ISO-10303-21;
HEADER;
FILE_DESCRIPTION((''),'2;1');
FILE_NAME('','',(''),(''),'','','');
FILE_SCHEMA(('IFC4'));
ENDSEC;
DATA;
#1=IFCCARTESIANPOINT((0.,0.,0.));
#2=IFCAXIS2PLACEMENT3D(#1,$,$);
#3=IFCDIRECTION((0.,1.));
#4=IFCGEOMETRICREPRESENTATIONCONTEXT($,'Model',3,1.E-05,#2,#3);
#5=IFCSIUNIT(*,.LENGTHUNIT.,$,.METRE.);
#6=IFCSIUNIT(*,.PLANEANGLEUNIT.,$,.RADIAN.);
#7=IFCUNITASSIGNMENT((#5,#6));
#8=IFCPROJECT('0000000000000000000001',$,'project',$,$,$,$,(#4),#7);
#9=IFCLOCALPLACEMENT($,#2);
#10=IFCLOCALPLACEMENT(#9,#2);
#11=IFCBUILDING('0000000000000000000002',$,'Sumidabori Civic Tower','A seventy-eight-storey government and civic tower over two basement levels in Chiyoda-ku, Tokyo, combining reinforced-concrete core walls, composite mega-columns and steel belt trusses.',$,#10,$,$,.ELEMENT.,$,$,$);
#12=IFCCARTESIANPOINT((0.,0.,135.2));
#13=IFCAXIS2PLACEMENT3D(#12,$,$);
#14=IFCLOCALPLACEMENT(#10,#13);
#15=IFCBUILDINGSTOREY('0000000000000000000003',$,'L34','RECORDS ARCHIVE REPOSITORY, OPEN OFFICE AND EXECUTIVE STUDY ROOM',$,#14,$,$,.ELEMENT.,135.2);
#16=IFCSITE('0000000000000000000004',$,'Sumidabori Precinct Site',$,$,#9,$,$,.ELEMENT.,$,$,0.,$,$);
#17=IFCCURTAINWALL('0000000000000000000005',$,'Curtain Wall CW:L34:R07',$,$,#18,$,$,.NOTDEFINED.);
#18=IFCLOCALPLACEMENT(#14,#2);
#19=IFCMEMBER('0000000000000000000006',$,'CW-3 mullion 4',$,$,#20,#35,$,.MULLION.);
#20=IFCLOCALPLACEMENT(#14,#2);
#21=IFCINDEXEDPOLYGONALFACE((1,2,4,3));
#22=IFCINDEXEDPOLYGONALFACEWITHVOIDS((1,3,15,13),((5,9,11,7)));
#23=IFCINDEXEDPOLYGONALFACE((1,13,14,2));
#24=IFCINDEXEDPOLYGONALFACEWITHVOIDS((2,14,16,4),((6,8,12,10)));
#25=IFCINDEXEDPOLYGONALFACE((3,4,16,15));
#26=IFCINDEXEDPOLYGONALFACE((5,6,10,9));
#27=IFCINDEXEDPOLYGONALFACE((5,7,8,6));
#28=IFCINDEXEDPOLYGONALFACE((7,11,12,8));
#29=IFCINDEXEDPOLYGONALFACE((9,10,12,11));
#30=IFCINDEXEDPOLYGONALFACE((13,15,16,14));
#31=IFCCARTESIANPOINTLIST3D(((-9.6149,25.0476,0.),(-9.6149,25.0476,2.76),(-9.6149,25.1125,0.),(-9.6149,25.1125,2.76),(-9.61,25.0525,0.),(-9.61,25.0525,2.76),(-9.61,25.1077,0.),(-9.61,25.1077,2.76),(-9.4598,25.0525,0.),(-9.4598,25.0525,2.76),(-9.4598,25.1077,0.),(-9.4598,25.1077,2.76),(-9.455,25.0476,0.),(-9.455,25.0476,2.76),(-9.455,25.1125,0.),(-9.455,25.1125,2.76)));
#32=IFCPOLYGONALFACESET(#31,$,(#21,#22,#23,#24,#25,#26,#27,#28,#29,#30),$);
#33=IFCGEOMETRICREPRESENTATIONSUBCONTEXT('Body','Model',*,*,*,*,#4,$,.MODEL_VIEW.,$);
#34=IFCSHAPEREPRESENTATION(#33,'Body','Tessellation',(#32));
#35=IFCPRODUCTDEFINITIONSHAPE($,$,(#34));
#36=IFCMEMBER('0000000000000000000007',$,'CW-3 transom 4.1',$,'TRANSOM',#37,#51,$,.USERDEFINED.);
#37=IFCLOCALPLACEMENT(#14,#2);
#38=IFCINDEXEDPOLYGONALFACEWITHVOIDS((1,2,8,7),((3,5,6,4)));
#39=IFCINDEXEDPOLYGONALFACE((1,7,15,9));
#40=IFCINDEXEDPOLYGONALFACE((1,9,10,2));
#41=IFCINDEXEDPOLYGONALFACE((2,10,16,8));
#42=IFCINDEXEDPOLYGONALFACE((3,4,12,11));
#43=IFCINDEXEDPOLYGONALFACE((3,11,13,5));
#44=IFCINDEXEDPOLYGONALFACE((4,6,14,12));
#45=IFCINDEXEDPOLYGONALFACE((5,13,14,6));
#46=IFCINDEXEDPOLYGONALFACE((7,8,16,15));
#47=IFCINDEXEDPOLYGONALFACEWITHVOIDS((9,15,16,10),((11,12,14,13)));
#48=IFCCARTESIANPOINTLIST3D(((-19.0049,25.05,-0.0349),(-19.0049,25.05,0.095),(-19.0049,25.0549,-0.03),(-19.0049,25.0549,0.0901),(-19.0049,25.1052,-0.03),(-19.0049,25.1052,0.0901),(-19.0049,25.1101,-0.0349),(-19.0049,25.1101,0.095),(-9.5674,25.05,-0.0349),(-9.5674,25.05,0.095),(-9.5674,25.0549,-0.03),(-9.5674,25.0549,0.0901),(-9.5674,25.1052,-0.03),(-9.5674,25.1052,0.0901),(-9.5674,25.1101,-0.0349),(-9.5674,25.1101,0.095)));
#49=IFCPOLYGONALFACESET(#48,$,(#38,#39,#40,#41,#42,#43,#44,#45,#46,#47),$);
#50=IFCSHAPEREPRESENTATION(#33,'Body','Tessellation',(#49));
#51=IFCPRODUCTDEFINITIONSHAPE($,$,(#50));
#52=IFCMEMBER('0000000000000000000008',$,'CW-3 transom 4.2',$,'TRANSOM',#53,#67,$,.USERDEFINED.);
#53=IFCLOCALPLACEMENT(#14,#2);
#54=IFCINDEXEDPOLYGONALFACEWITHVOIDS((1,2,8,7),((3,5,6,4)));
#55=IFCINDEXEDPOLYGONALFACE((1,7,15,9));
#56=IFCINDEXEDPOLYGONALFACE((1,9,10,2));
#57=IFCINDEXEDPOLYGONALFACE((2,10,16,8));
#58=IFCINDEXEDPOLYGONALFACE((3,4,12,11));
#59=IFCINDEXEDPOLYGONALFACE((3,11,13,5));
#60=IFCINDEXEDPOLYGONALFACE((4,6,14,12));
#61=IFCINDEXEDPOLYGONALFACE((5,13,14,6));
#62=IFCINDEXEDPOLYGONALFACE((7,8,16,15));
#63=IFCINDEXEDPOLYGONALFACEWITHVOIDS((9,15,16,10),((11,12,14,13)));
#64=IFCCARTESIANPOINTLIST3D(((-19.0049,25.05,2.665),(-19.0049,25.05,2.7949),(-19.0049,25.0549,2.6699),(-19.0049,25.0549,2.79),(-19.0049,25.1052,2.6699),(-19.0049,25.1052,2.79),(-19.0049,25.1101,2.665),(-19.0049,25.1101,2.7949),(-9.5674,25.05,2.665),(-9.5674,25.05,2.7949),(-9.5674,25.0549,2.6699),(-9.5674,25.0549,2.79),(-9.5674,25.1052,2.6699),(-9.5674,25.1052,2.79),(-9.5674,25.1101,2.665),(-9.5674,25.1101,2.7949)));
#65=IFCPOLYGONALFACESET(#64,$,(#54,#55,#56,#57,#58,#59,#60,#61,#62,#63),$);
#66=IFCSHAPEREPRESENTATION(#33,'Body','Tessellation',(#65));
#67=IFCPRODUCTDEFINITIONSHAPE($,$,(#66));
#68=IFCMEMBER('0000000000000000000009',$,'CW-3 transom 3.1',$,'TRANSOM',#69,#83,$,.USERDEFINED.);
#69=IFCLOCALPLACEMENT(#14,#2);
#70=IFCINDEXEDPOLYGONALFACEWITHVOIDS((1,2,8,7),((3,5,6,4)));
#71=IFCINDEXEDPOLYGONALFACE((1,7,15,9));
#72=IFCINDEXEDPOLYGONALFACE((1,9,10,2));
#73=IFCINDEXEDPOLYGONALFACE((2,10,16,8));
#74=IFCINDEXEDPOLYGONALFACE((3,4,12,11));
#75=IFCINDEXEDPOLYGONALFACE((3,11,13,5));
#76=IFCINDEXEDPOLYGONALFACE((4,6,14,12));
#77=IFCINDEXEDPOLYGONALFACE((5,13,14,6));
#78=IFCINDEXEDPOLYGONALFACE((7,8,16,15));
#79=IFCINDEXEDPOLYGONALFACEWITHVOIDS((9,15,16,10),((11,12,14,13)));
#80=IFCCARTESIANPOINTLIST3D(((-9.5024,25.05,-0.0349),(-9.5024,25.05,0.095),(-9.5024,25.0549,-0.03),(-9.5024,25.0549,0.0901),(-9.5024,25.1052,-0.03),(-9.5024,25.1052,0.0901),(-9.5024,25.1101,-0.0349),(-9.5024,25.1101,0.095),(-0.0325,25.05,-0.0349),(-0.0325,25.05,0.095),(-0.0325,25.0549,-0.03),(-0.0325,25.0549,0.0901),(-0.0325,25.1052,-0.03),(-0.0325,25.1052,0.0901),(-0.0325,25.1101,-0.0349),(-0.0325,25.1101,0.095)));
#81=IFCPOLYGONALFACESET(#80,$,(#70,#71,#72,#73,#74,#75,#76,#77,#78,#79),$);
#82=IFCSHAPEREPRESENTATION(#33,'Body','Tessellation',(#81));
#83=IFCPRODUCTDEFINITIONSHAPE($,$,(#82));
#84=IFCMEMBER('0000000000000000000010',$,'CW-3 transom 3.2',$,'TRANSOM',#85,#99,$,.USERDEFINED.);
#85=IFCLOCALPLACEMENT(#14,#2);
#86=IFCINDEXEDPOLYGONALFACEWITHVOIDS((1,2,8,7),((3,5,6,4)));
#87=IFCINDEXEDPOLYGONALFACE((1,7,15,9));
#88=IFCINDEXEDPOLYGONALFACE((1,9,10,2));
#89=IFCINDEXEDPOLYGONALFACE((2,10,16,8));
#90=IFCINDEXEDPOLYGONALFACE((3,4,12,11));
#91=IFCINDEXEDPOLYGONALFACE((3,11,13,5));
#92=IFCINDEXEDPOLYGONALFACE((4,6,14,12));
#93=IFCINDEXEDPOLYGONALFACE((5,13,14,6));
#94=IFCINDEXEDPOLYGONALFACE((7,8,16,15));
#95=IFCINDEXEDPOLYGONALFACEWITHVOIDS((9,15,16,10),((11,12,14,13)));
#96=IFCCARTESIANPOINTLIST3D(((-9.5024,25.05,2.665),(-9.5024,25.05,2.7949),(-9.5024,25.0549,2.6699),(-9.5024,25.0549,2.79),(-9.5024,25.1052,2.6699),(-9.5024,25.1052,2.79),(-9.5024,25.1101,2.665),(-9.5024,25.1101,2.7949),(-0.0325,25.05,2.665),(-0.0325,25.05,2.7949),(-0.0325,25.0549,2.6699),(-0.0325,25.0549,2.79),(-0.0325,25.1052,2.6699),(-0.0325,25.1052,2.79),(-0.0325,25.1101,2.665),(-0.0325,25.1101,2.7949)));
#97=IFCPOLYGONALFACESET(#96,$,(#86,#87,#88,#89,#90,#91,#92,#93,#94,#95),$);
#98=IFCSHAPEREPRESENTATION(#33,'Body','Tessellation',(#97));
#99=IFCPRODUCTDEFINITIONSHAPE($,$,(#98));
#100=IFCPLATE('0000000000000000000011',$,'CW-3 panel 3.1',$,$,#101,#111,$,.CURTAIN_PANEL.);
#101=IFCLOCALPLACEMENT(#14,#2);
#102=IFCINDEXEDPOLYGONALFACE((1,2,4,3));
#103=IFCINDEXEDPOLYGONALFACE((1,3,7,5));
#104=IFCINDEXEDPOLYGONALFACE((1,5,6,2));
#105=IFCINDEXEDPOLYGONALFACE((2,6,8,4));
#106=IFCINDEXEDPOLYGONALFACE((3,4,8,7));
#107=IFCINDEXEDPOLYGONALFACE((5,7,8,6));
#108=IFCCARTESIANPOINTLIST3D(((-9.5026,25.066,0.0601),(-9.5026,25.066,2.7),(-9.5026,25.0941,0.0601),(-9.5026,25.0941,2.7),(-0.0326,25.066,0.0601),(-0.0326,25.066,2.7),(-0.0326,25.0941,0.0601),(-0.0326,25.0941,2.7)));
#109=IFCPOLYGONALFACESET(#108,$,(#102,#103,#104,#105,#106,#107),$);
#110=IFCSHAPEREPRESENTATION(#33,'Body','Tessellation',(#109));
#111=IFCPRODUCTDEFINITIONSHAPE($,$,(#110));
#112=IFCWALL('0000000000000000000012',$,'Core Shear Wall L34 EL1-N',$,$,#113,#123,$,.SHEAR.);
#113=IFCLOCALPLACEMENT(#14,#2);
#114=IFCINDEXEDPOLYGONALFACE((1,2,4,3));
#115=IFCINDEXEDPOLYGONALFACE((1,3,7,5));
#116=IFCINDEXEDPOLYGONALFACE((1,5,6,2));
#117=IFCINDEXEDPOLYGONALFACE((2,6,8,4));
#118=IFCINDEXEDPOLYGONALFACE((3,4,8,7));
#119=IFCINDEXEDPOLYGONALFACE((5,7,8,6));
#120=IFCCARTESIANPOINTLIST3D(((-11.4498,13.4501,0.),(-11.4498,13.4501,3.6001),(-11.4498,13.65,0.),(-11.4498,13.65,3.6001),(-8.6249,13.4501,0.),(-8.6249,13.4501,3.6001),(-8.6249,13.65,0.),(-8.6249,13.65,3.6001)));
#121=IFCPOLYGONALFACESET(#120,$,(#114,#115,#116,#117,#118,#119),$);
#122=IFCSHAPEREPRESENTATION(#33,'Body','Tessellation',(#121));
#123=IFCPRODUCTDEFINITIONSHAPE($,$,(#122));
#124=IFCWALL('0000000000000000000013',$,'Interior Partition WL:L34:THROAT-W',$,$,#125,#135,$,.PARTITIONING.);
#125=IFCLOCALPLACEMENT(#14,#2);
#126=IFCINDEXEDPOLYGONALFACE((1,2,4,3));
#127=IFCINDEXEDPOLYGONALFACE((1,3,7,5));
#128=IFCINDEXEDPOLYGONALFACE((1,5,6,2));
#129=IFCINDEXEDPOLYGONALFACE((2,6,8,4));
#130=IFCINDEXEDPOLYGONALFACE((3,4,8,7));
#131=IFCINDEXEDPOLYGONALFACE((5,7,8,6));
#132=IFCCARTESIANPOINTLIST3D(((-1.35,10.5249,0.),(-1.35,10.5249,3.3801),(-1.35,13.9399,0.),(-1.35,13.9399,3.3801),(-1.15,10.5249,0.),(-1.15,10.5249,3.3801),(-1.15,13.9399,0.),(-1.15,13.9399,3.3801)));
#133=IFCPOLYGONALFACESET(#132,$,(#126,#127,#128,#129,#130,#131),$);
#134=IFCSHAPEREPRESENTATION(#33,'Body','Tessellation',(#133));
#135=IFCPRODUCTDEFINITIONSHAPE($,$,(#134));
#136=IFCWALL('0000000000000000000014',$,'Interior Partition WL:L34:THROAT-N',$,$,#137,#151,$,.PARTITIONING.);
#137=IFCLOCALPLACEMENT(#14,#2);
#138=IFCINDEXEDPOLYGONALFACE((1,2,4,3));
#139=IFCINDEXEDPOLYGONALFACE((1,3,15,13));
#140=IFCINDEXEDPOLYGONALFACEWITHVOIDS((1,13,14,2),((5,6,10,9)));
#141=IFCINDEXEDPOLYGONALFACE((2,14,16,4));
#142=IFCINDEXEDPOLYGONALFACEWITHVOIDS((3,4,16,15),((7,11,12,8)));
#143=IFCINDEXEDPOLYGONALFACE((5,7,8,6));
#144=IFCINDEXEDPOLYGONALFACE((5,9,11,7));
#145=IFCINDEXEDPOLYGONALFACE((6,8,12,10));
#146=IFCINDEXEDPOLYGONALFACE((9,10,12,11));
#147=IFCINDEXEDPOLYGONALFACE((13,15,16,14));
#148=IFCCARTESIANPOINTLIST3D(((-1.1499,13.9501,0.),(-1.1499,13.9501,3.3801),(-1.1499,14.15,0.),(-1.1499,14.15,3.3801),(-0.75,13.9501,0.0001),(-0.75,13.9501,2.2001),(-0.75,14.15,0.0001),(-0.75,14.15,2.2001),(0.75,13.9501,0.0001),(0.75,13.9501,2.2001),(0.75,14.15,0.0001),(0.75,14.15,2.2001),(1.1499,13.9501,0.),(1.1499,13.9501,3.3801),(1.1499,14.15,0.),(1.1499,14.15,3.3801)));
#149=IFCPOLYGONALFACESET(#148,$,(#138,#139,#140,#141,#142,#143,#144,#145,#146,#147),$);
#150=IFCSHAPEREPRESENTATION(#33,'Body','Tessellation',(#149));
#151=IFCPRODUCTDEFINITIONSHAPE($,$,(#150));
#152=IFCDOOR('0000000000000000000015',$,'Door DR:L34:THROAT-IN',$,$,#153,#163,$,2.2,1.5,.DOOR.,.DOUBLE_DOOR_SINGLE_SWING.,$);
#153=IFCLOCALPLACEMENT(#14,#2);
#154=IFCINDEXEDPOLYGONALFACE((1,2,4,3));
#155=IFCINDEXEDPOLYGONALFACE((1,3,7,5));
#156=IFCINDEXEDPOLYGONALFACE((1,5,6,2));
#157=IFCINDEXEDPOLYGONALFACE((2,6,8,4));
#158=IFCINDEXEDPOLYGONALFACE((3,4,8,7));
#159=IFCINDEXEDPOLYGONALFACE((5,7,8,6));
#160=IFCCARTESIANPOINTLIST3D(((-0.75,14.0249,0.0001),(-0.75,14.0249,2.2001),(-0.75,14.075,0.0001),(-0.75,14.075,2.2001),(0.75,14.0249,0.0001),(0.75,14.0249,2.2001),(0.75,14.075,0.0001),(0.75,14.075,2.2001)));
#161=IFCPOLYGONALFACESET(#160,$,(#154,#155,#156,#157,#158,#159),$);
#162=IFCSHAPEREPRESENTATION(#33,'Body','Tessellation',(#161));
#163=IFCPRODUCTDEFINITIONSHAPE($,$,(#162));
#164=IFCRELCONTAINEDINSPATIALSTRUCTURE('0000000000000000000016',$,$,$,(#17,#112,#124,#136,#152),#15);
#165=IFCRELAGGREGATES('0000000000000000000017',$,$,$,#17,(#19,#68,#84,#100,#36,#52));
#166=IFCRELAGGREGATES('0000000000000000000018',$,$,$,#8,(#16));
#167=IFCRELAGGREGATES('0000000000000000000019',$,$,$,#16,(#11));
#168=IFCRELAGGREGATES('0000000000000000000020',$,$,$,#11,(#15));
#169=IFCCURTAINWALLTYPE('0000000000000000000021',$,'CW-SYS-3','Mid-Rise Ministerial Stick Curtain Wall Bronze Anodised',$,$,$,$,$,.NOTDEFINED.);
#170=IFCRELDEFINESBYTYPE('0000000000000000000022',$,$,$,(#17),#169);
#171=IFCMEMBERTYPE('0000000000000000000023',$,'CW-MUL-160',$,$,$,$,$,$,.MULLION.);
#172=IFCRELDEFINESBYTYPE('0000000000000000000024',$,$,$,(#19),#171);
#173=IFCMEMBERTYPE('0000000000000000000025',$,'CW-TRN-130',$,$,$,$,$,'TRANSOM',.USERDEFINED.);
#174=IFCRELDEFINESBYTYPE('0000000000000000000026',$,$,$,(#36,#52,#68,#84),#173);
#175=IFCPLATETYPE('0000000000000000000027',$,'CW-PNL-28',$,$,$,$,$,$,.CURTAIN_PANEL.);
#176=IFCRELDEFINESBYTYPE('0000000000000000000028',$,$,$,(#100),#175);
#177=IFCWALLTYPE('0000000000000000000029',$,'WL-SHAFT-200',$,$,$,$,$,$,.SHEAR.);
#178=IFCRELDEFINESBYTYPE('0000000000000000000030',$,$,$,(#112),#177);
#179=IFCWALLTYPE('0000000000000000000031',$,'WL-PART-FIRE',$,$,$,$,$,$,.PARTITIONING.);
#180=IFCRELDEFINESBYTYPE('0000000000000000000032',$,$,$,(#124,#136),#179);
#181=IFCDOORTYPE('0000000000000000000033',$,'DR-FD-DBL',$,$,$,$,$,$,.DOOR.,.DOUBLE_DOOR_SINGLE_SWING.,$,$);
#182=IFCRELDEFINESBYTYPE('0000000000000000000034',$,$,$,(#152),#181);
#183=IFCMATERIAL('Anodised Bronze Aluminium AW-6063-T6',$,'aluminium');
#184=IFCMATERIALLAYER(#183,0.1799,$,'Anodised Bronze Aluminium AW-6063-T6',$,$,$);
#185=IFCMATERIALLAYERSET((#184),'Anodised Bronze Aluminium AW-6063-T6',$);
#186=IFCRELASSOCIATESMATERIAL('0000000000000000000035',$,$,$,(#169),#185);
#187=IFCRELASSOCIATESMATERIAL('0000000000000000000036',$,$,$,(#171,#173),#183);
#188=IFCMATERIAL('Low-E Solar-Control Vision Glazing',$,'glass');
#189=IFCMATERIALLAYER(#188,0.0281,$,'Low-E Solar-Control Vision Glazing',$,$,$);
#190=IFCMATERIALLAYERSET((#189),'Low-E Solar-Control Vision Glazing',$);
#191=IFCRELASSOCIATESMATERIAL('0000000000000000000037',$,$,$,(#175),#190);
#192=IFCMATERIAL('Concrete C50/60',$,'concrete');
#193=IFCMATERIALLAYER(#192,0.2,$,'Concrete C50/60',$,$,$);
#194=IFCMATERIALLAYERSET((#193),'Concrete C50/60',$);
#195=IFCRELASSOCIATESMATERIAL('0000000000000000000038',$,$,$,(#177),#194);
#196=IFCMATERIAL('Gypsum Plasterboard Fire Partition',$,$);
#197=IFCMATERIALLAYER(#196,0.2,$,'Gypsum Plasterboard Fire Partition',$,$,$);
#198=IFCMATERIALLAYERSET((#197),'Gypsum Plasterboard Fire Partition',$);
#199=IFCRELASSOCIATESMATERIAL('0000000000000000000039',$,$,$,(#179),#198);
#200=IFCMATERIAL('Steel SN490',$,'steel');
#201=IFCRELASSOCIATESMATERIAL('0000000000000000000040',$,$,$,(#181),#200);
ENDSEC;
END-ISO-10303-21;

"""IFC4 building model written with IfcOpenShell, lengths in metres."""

from ifc_helpers import new_model, si_unit, direction, frame, frame_2d, origin, origin_2d, place, context, subcontext, project, spatial, rectangle, hollow_rectangle, extrude, source, transform, mapped, material, layer, layer_set, material_profile, profile_set, type_object, element, fill, aggregate, save


model = new_model("IFC4")

# Units and contexts
model_context = context("Model", 3, precision=1e-05, world=origin(), true_north=direction((0.0, 1.0)))
body_context = subcontext(model_context, "Body", "Model", "MODEL_VIEW")
ifc_project = project(units=[si_unit("LENGTHUNIT", "METRE"), si_unit("PLANEANGLEUNIT", "RADIAN")], contexts=[model_context])

# Site, building, storey
site_placement = place(None, origin())
site = spatial("IfcSite", under=ifc_project, at=site_placement, Name="Sumidabori Precinct Site", CompositionType="ELEMENT", RefElevation=0.0)
building_placement = place(site_placement, origin())
building = spatial("IfcBuilding", under=site, at=building_placement, Name="Sumidabori Civic Tower", Description="A seventy-eight-storey government and civic tower over two basement levels in Chiyoda-ku, Tokyo, combining reinforced-concrete core walls, composite mega-columns and steel belt trusses.", CompositionType="ELEMENT")
storey_placement = place(building_placement, frame((0.0, 0.0, 135.2)))
storey = spatial("IfcBuildingStorey", under=building, at=storey_placement, Name="L34", Description="RECORDS ARCHIVE REPOSITORY, OPEN OFFICE AND EXECUTIVE STUDY ROOM", CompositionType="ELEMENT", Elevation=135.2)

# Curtain wall, members, plate
ifc_material_1 = material(Name="Anodised Bronze Aluminium AW-6063-T6", Category="aluminium")
ifc_layer_1 = layer(ifc_material_1, 0.1799, Name="Anodised Bronze Aluminium AW-6063-T6")
ifc_layer_set_1 = layer_set([ifc_layer_1], Name="Anodised Bronze Aluminium AW-6063-T6")
curtain_wall_type = type_object("IfcCurtainWallType", Name="CW-SYS-3", Description="Mid-Rise Ministerial Stick Curtain Wall Bronze Anodised", PredefinedType="NOTDEFINED", material=ifc_layer_set_1)
curtain_wall_placement = place(storey_placement, origin())
curtain_wall = element("IfcCurtainWall", 1, at=curtain_wall_placement, inside=storey, type_object=curtain_wall_type, Name="Curtain Wall CW:L34:R07", PredefinedType="NOTDEFINED")
ifc_material_profile_1 = material_profile(ifc_material_1, hollow_rectangle(XDim=0.0649, YDim=0.1599, WallThickness=0.0049, at=origin_2d()), Name="ALU MULLION 160x65")
ifc_profile_set_1 = profile_set([ifc_material_profile_1], Name="Anodised Bronze Aluminium AW-6063-T6")
member_type_1 = type_object("IfcMemberType", Name="CW-MUL-160", PredefinedType="MULLION", material=ifc_profile_set_1)
shared_shape_1 = source(origin(), body_context, "Body", "SweptSolid", [
    extrude(hollow_rectangle(XDim=0.0649, YDim=0.1599, WallThickness=0.0049, at=origin_2d()), origin(), (0.0, 0.0, 1.0), 2.76),
])
member_1_placement = place(storey_placement, frame((-9.5349, 25.0801, 0.0), z_axis=(0.0, 0.0, 1.0), x_axis=(0.0, -1.0, 0.0)))
member_1 = element("IfcMember", 2, at=member_1_placement, type_object=member_type_1, Name="CW-3 mullion 4", PredefinedType="MULLION", context=body_context, shape_type="MappedRepresentation", body=[
    mapped(shared_shape_1, transform((0.0, 0.0, 0.0), x_axis=(1.0, 0.0, 0.0), y_axis=(0.0, 1.0, 0.0), z_axis=(0.0, 0.0, 1.0), scale=1.0)),
])
ifc_material_profile_2 = material_profile(ifc_material_1, hollow_rectangle(XDim=0.0601, YDim=0.1299, WallThickness=0.0049, at=origin_2d()), Name="ALU TRANSOM 130x60")
ifc_profile_set_2 = profile_set([ifc_material_profile_2], Name="Anodised Bronze Aluminium AW-6063-T6")
member_type_2 = type_object("IfcMemberType", Name="CW-TRN-130", ElementType="TRANSOM", PredefinedType="USERDEFINED", material=ifc_profile_set_2)
shared_shape_2 = source(origin(), body_context, "Body", "SweptSolid", [
    extrude(hollow_rectangle(XDim=0.0601, YDim=0.1299, WallThickness=0.0049, at=origin_2d()), origin(), (0.0, 0.0, 1.0), 9.4375),
])
member_2_placement = place(storey_placement, frame((-9.5674, 25.0801, 0.03), z_axis=(-1.0, 0.0, 0.0), x_axis=(0.0, -1.0, 0.0)))
member_2 = element("IfcMember", 3, at=member_2_placement, type_object=member_type_2, Name="CW-3 transom 4.1", ObjectType="TRANSOM", PredefinedType="USERDEFINED", context=body_context, shape_type="MappedRepresentation", body=[
    mapped(shared_shape_2, transform((0.0, 0.0, 0.0), x_axis=(1.0, 0.0, 0.0), y_axis=(0.0, 1.0, 0.0), z_axis=(0.0, 0.0, 1.0), scale=1.0)),
])
member_3_placement = place(storey_placement, frame((-9.5674, 25.0801, 2.73), z_axis=(-1.0, 0.0, 0.0), x_axis=(0.0, -1.0, 0.0)))
member_3 = element("IfcMember", 4, at=member_3_placement, type_object=member_type_2, Name="CW-3 transom 4.2", ObjectType="TRANSOM", PredefinedType="USERDEFINED", context=body_context, shape_type="MappedRepresentation", body=[
    mapped(shared_shape_2, transform((0.0, 0.0, 0.0), x_axis=(1.0, 0.0, 0.0), y_axis=(0.0, 1.0, 0.0), z_axis=(0.0, 0.0, 1.0), scale=1.0)),
])
shared_shape_3 = source(origin(), body_context, "Body", "SweptSolid", [
    extrude(hollow_rectangle(XDim=0.0601, YDim=0.1299, WallThickness=0.0049, at=origin_2d()), origin(), (0.0, 0.0, 1.0), 9.47),
])
member_4_placement = place(storey_placement, frame((-0.0325, 25.0801, 0.03), z_axis=(-1.0, 0.0, 0.0), x_axis=(0.0, -1.0, 0.0)))
member_4 = element("IfcMember", 5, at=member_4_placement, type_object=member_type_2, Name="CW-3 transom 3.1", ObjectType="TRANSOM", PredefinedType="USERDEFINED", context=body_context, shape_type="MappedRepresentation", body=[
    mapped(shared_shape_3, transform((0.0, 0.0, 0.0), x_axis=(1.0, 0.0, 0.0), y_axis=(0.0, 1.0, 0.0), z_axis=(0.0, 0.0, 1.0), scale=1.0)),
])
member_5_placement = place(storey_placement, frame((-0.0325, 25.0801, 2.73), z_axis=(-1.0, 0.0, 0.0), x_axis=(0.0, -1.0, 0.0)))
member_5 = element("IfcMember", 6, at=member_5_placement, type_object=member_type_2, Name="CW-3 transom 3.2", ObjectType="TRANSOM", PredefinedType="USERDEFINED", context=body_context, shape_type="MappedRepresentation", body=[
    mapped(shared_shape_3, transform((0.0, 0.0, 0.0), x_axis=(1.0, 0.0, 0.0), y_axis=(0.0, 1.0, 0.0), z_axis=(0.0, 0.0, 1.0), scale=1.0)),
])
ifc_material_2 = material(Name="Low-E Solar-Control Vision Glazing", Category="glass")
ifc_layer_2 = layer(ifc_material_2, 0.0281, Name="Low-E Solar-Control Vision Glazing")
ifc_layer_set_2 = layer_set([ifc_layer_2], Name="Low-E Solar-Control Vision Glazing")
plate_type = type_object("IfcPlateType", Name="CW-PNL-28", PredefinedType="CURTAIN_PANEL", material=ifc_layer_set_2)
shared_shape_4 = source(origin(), body_context, "Body", "SweptSolid", [
    extrude(rectangle(XDim=9.47, YDim=0.0281, at=origin_2d()), origin(), (0.0, 0.0, 1.0), 2.6399),
])
plate_placement = place(storey_placement, frame((-4.7676, 25.0801, 0.0601), z_axis=(0.0, 0.0, 1.0), x_axis=(-1.0, 0.0, 0.0)))
plate = element("IfcPlate", 7, at=plate_placement, type_object=plate_type, Name="CW-3 panel 3.1", PredefinedType="CURTAIN_PANEL", context=body_context, shape_type="MappedRepresentation", body=[
    mapped(shared_shape_4, transform((0.0, 0.0, 0.0), x_axis=(1.0, 0.0, 0.0), y_axis=(0.0, 1.0, 0.0), z_axis=(0.0, 0.0, 1.0), scale=1.0)),
])
aggregate(curtain_wall, [member_1, member_4, member_5, plate, member_2, member_3])

# Wall
ifc_material_3 = material(Name="Concrete C50/60", Category="concrete")
ifc_layer_3 = layer(ifc_material_3, 0.2, Name="Concrete C50/60")
ifc_layer_set_3 = layer_set([ifc_layer_3], Name="Concrete C50/60")
wall_type_1 = type_object("IfcWallType", Name="WL-SHAFT-200", PredefinedType="SHEAR", material=ifc_layer_set_3)
shared_shape_5 = source(origin(), body_context, "Body", "SweptSolid", [
    extrude(rectangle(XDim=2.825, YDim=0.2, at=frame_2d((1.4126, 0.0))), origin(), (0.0, 0.0, 1.0), 3.6001),
])
wall_1_placement = place(storey_placement, frame((-11.45, 13.55, 0.0), z_axis=(0.0, 0.0, 1.0), x_axis=(1.0, 0.0, 0.0)))
element("IfcWall", 8, at=wall_1_placement, inside=storey, type_object=wall_type_1, Name="Core Shear Wall L34 EL1-N", PredefinedType="SHEAR", context=body_context, shape_type="MappedRepresentation", body=[
    mapped(shared_shape_5, transform((0.0, 0.0, 0.0), x_axis=(1.0, 0.0, 0.0), y_axis=(0.0, 1.0, 0.0), z_axis=(0.0, 0.0, 1.0), scale=1.0)),
])

# Shared definitions
ifc_material_4 = material(Name="Gypsum Plasterboard Fire Partition")
ifc_layer_4 = layer(ifc_material_4, 0.2, Name="Gypsum Plasterboard Fire Partition")
ifc_layer_set_4 = layer_set([ifc_layer_4], Name="Gypsum Plasterboard Fire Partition")
wall_type_2 = type_object("IfcWallType", Name="WL-PART-FIRE", PredefinedType="PARTITIONING", material=ifc_layer_set_4)

# Wall
shared_shape_6 = source(origin(), body_context, "Body", "SweptSolid", [
    extrude(rectangle(XDim=3.415, YDim=0.2, at=frame_2d((1.7075, 0.0))), origin(), (0.0, 0.0, 1.0), 3.3801),
])
wall_2_placement = place(storey_placement, frame((-1.25, 10.5249, 0.0), z_axis=(0.0, 0.0, 1.0), x_axis=(0.0, 1.0, 0.0)))
element("IfcWall", 9, at=wall_2_placement, inside=storey, type_object=wall_type_2, Name="Interior Partition WL:L34:THROAT-W", PredefinedType="PARTITIONING", context=body_context, shape_type="MappedRepresentation", body=[
    mapped(shared_shape_6, transform((0.0, 0.0, 0.0), x_axis=(1.0, 0.0, 0.0), y_axis=(0.0, 1.0, 0.0), z_axis=(0.0, 0.0, 1.0), scale=1.0)),
])

# Wall, opening, door
shared_shape_7 = source(origin(), body_context, "Body", "SweptSolid", [
    extrude(rectangle(XDim=2.2998, YDim=0.2, at=frame_2d((1.1499, 0.0))), origin(), (0.0, 0.0, 1.0), 3.3801),
])
wall_3_placement = place(storey_placement, frame((-1.1499, 14.05, 0.0), z_axis=(0.0, 0.0, 1.0), x_axis=(1.0, 0.0, 0.0)))
wall_3 = element("IfcWall", 10, at=wall_3_placement, inside=storey, type_object=wall_type_2, Name="Interior Partition WL:L34:THROAT-N", PredefinedType="PARTITIONING", context=body_context, shape_type="MappedRepresentation", body=[
    mapped(shared_shape_7, transform((0.0, 0.0, 0.0), x_axis=(1.0, 0.0, 0.0), y_axis=(0.0, 1.0, 0.0), z_axis=(0.0, 0.0, 1.0), scale=1.0)),
])
opening_1_placement = place(wall_3_placement, frame((0.3999, 0.0, 0.0)))
opening_1 = element("IfcOpeningElement", 11, at=opening_1_placement, cuts=wall_3, PredefinedType="OPENING", context=body_context, shape_type="SweptSolid", body=[
    extrude(rectangle(XDim=1.5, YDim=2.2, at=frame_2d((0.75, 1.1001))), frame((0.0, 0.1118, 0.0), z_axis=(0.0, -1.0, 0.0), x_axis=(1.0, 0.0, 0.0)), (0.0, 0.0, 1.0), 0.2239),
])
ifc_material_5 = material(Name="Steel SN490", Category="steel")
door_type_1 = type_object("IfcDoorType", Name="DR-FD-DBL", OperationType="DOUBLE_DOOR_SINGLE_SWING", PredefinedType="DOOR", material=ifc_material_5)
shared_shape_8 = source(origin(), body_context, "Body", "SweptSolid", [
    extrude(rectangle(XDim=1.5, YDim=2.2, at=frame_2d((0.75, 1.1001))), frame((0.0, 0.0249, 0.0), z_axis=(0.0, -1.0, 0.0), x_axis=(1.0, 0.0, 0.0)), (0.0, 0.0, 1.0), 0.05),
])
door_1_placement = place(opening_1_placement, origin())
door_1 = element("IfcDoor", 12, at=door_1_placement, inside=storey, type_object=door_type_1, Name="Door DR:L34:THROAT-IN", OperationType="DOUBLE_DOOR_SINGLE_SWING", OverallHeight=2.2, OverallWidth=1.5, PredefinedType="DOOR", context=body_context, shape_type="MappedRepresentation", body=[
    mapped(shared_shape_8, transform((0.0, 0.0, 0.0), x_axis=(1.0, 0.0, 0.0), y_axis=(0.0, 1.0, 0.0), z_axis=(0.0, 0.0, 1.0), scale=1.0)),
])
fill(opening_1, door_1)

save(model, "model.ifc")
